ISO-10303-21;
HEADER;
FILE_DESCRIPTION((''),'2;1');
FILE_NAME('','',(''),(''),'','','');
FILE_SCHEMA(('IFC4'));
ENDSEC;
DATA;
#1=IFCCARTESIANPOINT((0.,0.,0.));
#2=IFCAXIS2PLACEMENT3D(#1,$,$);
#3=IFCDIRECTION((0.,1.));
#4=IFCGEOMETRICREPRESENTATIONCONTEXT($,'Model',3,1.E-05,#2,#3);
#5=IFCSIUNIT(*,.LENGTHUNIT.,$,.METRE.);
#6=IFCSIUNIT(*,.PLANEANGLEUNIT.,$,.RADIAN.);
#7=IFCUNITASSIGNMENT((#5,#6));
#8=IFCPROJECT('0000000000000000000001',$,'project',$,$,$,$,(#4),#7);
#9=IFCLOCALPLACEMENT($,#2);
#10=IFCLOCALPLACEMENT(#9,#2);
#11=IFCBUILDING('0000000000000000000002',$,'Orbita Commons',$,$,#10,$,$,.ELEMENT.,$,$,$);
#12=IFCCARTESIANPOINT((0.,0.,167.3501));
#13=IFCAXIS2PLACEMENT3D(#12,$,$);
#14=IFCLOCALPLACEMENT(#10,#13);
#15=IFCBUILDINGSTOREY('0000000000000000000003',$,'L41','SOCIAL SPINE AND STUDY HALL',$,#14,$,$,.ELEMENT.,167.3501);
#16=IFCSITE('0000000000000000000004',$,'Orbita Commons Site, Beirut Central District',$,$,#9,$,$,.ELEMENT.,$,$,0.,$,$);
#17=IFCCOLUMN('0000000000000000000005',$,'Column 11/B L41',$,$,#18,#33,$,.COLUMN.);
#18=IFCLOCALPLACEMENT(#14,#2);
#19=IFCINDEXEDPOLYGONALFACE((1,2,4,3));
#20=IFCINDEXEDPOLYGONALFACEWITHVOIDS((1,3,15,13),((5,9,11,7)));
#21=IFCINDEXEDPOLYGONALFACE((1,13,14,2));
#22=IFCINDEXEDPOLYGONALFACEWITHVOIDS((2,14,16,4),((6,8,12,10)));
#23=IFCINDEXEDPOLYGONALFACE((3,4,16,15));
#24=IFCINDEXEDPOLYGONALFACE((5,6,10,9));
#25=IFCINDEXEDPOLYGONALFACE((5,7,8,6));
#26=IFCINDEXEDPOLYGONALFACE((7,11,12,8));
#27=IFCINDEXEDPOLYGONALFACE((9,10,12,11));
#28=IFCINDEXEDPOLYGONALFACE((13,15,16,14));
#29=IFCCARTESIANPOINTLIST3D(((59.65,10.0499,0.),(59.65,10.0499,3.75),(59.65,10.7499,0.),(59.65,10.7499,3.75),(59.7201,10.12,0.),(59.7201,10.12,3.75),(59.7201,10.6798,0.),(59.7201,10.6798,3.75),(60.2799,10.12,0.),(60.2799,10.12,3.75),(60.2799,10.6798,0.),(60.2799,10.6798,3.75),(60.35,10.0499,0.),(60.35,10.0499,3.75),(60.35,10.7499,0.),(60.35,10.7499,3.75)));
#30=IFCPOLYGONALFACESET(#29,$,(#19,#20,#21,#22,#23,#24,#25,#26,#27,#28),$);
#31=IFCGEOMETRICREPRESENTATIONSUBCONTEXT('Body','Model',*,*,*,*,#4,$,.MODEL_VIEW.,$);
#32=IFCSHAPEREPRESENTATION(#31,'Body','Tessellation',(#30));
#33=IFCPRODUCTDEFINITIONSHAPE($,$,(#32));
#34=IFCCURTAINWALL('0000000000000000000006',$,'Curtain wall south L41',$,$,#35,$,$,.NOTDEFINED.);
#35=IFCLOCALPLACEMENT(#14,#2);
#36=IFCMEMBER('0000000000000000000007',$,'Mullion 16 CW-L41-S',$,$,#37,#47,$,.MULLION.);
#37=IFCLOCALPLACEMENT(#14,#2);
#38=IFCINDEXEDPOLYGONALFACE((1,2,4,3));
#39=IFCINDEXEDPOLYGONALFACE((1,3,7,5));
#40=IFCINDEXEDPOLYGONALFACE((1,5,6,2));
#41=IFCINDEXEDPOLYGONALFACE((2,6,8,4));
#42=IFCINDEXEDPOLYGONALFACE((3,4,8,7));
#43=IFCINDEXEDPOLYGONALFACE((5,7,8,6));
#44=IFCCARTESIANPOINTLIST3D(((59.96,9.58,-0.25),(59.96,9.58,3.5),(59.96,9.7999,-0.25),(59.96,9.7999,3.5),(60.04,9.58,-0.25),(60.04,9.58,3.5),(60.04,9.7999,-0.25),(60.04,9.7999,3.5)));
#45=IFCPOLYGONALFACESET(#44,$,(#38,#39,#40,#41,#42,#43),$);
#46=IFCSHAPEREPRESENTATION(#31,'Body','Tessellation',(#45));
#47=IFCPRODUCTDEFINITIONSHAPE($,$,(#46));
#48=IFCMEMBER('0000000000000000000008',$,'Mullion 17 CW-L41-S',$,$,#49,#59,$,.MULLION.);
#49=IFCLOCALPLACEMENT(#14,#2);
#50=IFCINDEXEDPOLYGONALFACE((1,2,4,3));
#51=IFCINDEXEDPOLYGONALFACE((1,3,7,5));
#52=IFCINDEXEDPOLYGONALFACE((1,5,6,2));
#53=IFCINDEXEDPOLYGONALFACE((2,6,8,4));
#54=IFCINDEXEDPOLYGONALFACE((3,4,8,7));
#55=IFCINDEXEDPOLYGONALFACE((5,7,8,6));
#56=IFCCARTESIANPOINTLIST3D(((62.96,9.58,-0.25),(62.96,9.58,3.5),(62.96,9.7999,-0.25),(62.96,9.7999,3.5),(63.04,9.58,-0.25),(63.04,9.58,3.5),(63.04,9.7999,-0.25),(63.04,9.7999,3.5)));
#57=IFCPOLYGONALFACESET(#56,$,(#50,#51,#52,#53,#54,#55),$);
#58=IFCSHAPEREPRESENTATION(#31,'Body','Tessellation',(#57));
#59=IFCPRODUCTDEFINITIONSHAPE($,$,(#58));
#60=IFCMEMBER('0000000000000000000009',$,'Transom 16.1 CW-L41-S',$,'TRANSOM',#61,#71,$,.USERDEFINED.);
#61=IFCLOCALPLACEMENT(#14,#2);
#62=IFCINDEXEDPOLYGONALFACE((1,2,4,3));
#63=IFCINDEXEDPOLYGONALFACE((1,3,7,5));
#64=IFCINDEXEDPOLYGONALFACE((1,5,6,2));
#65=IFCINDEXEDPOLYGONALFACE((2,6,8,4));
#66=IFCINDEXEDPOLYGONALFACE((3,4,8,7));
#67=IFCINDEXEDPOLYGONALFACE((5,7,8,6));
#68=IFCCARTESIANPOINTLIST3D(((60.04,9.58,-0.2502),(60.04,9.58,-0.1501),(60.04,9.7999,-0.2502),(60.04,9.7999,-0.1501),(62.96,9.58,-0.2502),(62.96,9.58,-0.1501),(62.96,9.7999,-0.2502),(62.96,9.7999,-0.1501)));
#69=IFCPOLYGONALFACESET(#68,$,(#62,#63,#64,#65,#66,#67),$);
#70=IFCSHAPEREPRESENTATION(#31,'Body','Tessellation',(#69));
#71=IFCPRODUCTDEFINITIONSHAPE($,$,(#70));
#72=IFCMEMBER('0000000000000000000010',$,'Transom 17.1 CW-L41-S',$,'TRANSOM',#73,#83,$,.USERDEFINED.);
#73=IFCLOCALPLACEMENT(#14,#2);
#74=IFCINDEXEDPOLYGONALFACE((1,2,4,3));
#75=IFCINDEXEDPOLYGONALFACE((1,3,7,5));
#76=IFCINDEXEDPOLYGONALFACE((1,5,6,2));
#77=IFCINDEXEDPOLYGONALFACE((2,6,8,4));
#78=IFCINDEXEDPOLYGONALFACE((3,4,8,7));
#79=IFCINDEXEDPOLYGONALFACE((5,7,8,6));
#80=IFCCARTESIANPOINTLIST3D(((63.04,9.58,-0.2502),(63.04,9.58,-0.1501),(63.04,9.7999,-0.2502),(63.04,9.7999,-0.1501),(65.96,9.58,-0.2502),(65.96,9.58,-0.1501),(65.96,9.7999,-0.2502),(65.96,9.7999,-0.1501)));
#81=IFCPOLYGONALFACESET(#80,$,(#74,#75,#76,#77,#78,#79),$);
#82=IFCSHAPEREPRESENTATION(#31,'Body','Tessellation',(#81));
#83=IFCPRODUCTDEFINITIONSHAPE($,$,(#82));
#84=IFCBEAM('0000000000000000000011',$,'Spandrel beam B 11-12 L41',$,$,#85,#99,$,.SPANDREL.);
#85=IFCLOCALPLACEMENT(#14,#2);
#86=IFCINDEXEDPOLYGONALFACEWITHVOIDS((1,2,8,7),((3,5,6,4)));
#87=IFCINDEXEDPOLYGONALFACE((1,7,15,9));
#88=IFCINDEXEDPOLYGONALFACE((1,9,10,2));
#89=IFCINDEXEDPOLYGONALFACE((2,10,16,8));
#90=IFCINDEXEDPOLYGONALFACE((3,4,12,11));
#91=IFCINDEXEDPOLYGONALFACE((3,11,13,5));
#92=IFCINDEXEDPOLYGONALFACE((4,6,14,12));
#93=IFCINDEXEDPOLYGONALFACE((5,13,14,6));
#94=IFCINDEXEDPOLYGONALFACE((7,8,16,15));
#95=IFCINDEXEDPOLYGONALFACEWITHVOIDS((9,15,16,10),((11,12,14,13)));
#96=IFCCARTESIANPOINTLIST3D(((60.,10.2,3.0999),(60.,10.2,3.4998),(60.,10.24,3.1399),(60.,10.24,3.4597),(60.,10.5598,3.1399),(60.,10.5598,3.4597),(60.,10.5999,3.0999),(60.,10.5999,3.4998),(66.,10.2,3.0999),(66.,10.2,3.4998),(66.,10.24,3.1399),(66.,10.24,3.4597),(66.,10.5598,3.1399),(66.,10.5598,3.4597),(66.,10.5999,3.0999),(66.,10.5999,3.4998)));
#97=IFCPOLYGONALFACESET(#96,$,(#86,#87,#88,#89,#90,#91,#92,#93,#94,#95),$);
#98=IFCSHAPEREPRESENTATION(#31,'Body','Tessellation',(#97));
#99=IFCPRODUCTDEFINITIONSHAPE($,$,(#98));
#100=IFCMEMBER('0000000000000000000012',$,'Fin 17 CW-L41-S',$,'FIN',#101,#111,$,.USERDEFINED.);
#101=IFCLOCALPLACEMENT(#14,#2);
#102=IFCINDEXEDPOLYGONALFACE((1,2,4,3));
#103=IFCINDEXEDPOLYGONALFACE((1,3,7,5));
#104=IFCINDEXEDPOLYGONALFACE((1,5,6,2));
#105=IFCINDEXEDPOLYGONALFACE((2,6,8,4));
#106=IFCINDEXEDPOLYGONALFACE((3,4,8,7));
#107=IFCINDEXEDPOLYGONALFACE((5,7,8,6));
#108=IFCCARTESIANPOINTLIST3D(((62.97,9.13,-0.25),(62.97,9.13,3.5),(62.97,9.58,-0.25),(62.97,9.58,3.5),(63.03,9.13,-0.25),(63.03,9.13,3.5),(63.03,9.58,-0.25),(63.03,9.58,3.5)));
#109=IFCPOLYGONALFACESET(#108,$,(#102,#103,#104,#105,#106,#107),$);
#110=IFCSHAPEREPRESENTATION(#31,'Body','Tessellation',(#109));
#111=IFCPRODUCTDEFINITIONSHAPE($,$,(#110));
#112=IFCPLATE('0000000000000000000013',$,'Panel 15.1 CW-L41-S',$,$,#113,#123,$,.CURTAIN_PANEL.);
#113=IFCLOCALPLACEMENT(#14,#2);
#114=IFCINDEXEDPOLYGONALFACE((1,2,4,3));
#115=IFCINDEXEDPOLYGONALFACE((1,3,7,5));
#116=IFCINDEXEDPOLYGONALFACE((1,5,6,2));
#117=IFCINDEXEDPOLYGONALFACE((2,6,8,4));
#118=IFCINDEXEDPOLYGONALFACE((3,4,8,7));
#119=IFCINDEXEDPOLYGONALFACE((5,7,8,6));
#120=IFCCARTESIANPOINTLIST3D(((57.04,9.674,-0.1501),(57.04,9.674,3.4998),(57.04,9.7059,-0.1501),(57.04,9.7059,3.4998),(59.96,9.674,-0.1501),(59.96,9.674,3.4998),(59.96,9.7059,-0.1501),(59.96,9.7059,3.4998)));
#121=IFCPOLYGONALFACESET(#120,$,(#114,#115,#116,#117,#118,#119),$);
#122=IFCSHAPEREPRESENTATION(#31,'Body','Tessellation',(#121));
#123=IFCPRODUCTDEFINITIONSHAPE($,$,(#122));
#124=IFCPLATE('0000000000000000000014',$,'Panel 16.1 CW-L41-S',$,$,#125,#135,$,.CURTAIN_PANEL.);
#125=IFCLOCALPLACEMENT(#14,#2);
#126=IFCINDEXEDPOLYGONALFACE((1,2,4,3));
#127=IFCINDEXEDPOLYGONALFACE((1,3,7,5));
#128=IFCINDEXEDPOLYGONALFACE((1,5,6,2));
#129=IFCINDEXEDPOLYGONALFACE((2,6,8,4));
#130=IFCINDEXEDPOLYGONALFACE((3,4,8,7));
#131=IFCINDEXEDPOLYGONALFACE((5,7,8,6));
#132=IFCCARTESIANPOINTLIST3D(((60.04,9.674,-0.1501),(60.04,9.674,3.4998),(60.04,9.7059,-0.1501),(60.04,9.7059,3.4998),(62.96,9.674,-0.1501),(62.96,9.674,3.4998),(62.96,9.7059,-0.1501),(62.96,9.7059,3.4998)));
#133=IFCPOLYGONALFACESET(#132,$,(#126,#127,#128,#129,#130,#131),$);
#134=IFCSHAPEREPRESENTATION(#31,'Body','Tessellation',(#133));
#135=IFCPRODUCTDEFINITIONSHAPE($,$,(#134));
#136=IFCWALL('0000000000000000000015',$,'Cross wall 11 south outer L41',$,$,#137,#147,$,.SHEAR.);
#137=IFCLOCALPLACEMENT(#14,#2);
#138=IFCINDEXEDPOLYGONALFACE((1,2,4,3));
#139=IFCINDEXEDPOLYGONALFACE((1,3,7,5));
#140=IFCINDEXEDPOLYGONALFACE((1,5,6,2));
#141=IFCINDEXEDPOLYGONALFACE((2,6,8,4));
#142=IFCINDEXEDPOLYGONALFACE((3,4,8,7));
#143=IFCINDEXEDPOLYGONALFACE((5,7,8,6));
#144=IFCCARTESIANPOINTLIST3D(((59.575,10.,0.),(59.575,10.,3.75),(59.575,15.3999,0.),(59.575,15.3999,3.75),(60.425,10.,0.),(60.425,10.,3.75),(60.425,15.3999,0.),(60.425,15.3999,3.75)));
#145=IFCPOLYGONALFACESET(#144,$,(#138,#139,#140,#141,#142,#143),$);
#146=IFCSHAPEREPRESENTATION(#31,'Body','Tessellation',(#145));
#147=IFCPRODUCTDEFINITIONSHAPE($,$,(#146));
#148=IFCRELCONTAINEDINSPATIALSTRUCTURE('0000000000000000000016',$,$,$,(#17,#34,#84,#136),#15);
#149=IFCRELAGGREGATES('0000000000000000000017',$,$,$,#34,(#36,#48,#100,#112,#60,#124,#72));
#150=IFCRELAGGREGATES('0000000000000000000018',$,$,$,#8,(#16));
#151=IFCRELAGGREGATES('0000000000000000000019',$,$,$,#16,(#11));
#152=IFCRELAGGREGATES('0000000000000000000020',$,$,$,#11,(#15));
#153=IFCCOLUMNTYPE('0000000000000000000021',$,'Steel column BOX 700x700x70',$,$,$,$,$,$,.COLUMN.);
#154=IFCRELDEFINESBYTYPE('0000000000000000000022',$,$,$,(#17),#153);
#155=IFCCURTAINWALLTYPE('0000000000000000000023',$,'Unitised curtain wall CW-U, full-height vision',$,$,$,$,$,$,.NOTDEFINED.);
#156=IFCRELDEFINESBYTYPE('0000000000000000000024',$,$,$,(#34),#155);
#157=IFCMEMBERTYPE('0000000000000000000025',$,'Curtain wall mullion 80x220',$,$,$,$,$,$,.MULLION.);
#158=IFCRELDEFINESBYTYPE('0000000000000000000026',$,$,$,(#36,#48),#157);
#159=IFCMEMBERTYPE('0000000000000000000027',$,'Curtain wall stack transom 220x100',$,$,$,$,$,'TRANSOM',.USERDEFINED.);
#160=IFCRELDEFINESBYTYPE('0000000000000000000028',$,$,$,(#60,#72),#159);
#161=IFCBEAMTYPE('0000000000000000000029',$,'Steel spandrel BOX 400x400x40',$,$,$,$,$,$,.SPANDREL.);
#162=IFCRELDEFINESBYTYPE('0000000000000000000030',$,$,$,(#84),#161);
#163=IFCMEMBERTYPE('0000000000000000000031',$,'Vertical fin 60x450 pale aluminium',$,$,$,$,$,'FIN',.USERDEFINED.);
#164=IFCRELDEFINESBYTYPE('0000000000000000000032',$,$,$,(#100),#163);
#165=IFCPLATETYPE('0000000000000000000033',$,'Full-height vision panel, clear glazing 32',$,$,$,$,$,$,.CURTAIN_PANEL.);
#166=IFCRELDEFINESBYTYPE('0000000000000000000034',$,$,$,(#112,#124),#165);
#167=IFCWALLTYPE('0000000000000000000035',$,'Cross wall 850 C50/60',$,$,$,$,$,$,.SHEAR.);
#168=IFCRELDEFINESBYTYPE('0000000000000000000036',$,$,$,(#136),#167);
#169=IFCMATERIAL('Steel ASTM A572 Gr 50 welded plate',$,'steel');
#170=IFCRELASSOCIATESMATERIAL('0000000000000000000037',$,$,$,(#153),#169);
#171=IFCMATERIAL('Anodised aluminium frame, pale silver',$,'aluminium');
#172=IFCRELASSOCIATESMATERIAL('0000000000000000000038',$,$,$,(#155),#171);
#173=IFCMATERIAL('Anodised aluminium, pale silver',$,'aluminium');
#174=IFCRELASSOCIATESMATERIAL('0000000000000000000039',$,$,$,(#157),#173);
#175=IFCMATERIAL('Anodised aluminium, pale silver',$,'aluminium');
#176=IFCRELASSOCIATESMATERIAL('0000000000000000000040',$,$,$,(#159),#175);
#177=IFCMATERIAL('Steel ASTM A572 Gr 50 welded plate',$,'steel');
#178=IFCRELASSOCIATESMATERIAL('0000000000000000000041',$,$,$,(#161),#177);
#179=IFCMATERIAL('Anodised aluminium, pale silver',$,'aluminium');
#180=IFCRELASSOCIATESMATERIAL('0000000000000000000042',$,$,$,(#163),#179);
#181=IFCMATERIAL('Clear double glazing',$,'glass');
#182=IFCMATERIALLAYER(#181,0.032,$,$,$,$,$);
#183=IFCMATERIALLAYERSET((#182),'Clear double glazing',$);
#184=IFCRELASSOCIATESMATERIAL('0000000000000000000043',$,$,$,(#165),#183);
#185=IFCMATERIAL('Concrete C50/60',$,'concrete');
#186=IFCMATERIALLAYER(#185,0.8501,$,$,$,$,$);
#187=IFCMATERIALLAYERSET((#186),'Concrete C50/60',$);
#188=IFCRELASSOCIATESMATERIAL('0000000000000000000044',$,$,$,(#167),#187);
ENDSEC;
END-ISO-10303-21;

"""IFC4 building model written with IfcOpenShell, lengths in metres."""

from ifc_helpers import new_model, si_unit, direction, frame, frame_2d, origin, origin_2d, place, context, subcontext, project, spatial, rectangle, hollow_rectangle, extrude, material, layer, layer_set, material_profile, profile_set, type_object, element, aggregate, save


model = new_model("IFC4")

# Units and contexts
model_context = context("Model", 3, precision=1e-05, world=origin(), true_north=direction((0.0, 1.0)))
body_context = subcontext(model_context, "Body", "Model", "MODEL_VIEW")
ifc_project = project(units=[si_unit("LENGTHUNIT", "METRE"), si_unit("PLANEANGLEUNIT", "RADIAN")], contexts=[model_context])

# Site, building, storey
site_placement = place(None, origin())
site = spatial("IfcSite", under=ifc_project, at=site_placement, Name="Orbita Commons Site, Beirut Central District", CompositionType="ELEMENT", RefElevation=0.0)
building_placement = place(site_placement, origin())
building = spatial("IfcBuilding", under=site, at=building_placement, Name="Orbita Commons", CompositionType="ELEMENT")
storey_placement = place(building_placement, frame((0.0, 0.0, 167.3501)))
storey = spatial("IfcBuildingStorey", under=building, at=storey_placement, Name="L41", Description="SOCIAL SPINE AND STUDY HALL", CompositionType="ELEMENT", Elevation=167.3501)

# Column
ifc_material_1 = material(Name="Steel ASTM A572 Gr 50 welded plate", Category="steel")
ifc_material_profile_1 = material_profile(ifc_material_1, hollow_rectangle(XDim=0.7, YDim=0.7, WallThickness=0.0701, at=origin_2d()), Name="BOX 700x700x70")
ifc_profile_set_1 = profile_set([ifc_material_profile_1], Name="Steel ASTM A572 Gr 50 welded plate")
column_type = type_object("IfcColumnType", Name="Steel column BOX 700x700x70", PredefinedType="COLUMN", material=ifc_profile_set_1)
column_placement = place(storey_placement, frame((60.0, 10.3999, 0.0), z_axis=(0.0, 0.0, 1.0), x_axis=(1.0, 0.0, 0.0)))
element("IfcColumn", 1, at=column_placement, inside=storey, type_object=column_type, Name="Column 11/B L41", PredefinedType="COLUMN", context=body_context, shape_type="SweptSolid", body=[
    extrude(hollow_rectangle(XDim=0.7, YDim=0.7, WallThickness=0.0701, at=origin_2d()), origin(), (0.0, 0.0, 1.0), 3.75),
])

# Curtain wall, members
ifc_material_2 = material(Name="Anodised aluminium frame, pale silver", Category="aluminium")
curtain_wall_type = type_object("IfcCurtainWallType", Name="Unitised curtain wall CW-U, full-height vision", PredefinedType="NOTDEFINED", material=ifc_material_2)
curtain_wall_placement = place(storey_placement, origin())
curtain_wall = element("IfcCurtainWall", 2, at=curtain_wall_placement, inside=storey, type_object=curtain_wall_type, Name="Curtain wall south L41", PredefinedType="NOTDEFINED")
ifc_material_3 = material(Name="Anodised aluminium, pale silver", Category="aluminium")
ifc_material_profile_2 = material_profile(ifc_material_3, rectangle(XDim=0.0801, YDim=0.22, at=origin_2d()), Name="AL 80x220")
ifc_profile_set_2 = profile_set([ifc_material_profile_2], Name="Anodised aluminium, pale silver")
member_type_1 = type_object("IfcMemberType", Name="Curtain wall mullion 80x220", PredefinedType="MULLION", material=ifc_profile_set_2)
member_1_placement = place(storey_placement, frame((60.0, 9.6899, -0.25), z_axis=(0.0, 0.0, 1.0), x_axis=(1.0, 0.0, 0.0)))
member_1 = element("IfcMember", 3, at=member_1_placement, type_object=member_type_1, Name="Mullion 16 CW-L41-S", PredefinedType="MULLION", context=body_context, shape_type="SweptSolid", body=[
    extrude(rectangle(XDim=0.0801, YDim=0.22, at=origin_2d()), origin(), (0.0, 0.0, 1.0), 3.75),
])
member_2_placement = place(storey_placement, frame((63.0, 9.6899, -0.25), z_axis=(0.0, 0.0, 1.0), x_axis=(1.0, 0.0, 0.0)))
member_2 = element("IfcMember", 4, at=member_2_placement, type_object=member_type_1, Name="Mullion 17 CW-L41-S", PredefinedType="MULLION", context=body_context, shape_type="SweptSolid", body=[
    extrude(rectangle(XDim=0.0801, YDim=0.22, at=origin_2d()), origin(), (0.0, 0.0, 1.0), 3.75),
])
ifc_material_4 = material(Name="Anodised aluminium, pale silver", Category="aluminium")
ifc_material_profile_3 = material_profile(ifc_material_4, rectangle(XDim=0.22, YDim=0.1001, at=origin_2d()), Name="AL 220x100")
ifc_profile_set_3 = profile_set([ifc_material_profile_3], Name="Anodised aluminium, pale silver")
member_type_2 = type_object("IfcMemberType", Name="Curtain wall stack transom 220x100", ElementType="TRANSOM", PredefinedType="USERDEFINED", material=ifc_profile_set_3)
member_3_placement = place(storey_placement, frame((60.04, 9.6899, -0.2002), z_axis=(1.0, 0.0, 0.0), x_axis=(0.0, 1.0, 0.0)))
member_3 = element("IfcMember", 5, at=member_3_placement, type_object=member_type_2, Name="Transom 16.1 CW-L41-S", ObjectType="TRANSOM", PredefinedType="USERDEFINED", context=body_context, shape_type="SweptSolid", body=[
    extrude(rectangle(XDim=0.22, YDim=0.1001, at=origin_2d()), origin(), (0.0, 0.0, 1.0), 2.9199),
])
member_4_placement = place(storey_placement, frame((63.04, 9.6899, -0.2002), z_axis=(1.0, 0.0, 0.0), x_axis=(0.0, 1.0, 0.0)))
member_4 = element("IfcMember", 6, at=member_4_placement, type_object=member_type_2, Name="Transom 17.1 CW-L41-S", ObjectType="TRANSOM", PredefinedType="USERDEFINED", context=body_context, shape_type="SweptSolid", body=[
    extrude(rectangle(XDim=0.22, YDim=0.1001, at=origin_2d()), origin(), (0.0, 0.0, 1.0), 2.9199),
])

# Beam
ifc_material_5 = material(Name="Steel ASTM A572 Gr 50 welded plate", Category="steel")
ifc_material_profile_4 = material_profile(ifc_material_5, hollow_rectangle(XDim=0.3999, YDim=0.3999, WallThickness=0.04, at=origin_2d()), Name="BOX 400x400x40")
ifc_profile_set_4 = profile_set([ifc_material_profile_4], Name="Steel ASTM A572 Gr 50 welded plate")
beam_type = type_object("IfcBeamType", Name="Steel spandrel BOX 400x400x40", PredefinedType="SPANDREL", material=ifc_profile_set_4)
beam_placement = place(storey_placement, frame((60.0, 10.3999, 3.2998), z_axis=(1.0, 0.0, 0.0), x_axis=(0.0, 1.0, 0.0)))
element("IfcBeam", 7, at=beam_placement, inside=storey, type_object=beam_type, Name="Spandrel beam B 11-12 L41", PredefinedType="SPANDREL", context=body_context, shape_type="SweptSolid", body=[
    extrude(hollow_rectangle(XDim=0.3999, YDim=0.3999, WallThickness=0.04, at=origin_2d()), origin(), (0.0, 0.0, 1.0), 6.0),
])

# Member
ifc_material_6 = material(Name="Anodised aluminium, pale silver", Category="aluminium")
ifc_material_profile_5 = material_profile(ifc_material_6, rectangle(XDim=0.0601, YDim=0.45, at=origin_2d()), Name="FIN 60x450")
ifc_profile_set_5 = profile_set([ifc_material_profile_5], Name="Anodised aluminium, pale silver")
member_type_3 = type_object("IfcMemberType", Name="Vertical fin 60x450 pale aluminium", ElementType="FIN", PredefinedType="USERDEFINED", material=ifc_profile_set_5)
member_5_placement = place(storey_placement, frame((63.0, 9.355, -0.25), z_axis=(0.0, 0.0, 1.0), x_axis=(1.0, 0.0, 0.0)))
member_5 = element("IfcMember", 8, at=member_5_placement, type_object=member_type_3, Name="Fin 17 CW-L41-S", ObjectType="FIN", PredefinedType="USERDEFINED", context=body_context, shape_type="SweptSolid", body=[
    extrude(rectangle(XDim=0.0601, YDim=0.45, at=origin_2d()), origin(), (0.0, 0.0, 1.0), 3.75),
])

# Plates
ifc_material_7 = material(Name="Clear double glazing", Category="glass")
ifc_layer_1 = layer(ifc_material_7, 0.032)
ifc_layer_set_1 = layer_set([ifc_layer_1], Name="Clear double glazing")
plate_type = type_object("IfcPlateType", Name="Full-height vision panel, clear glazing 32", PredefinedType="CURTAIN_PANEL", material=ifc_layer_set_1)
plate_1_placement = place(storey_placement, frame((58.5, 9.6899, -0.1501), z_axis=(0.0, 0.0, 1.0), x_axis=(1.0, 0.0, 0.0)))
plate_1 = element("IfcPlate", 9, at=plate_1_placement, type_object=plate_type, Name="Panel 15.1 CW-L41-S", PredefinedType="CURTAIN_PANEL", context=body_context, shape_type="SweptSolid", body=[
    extrude(rectangle(XDim=2.9199, YDim=0.032, at=origin_2d()), origin(), (0.0, 0.0, 1.0), 3.6499),
])
plate_2_placement = place(storey_placement, frame((61.5, 9.6899, -0.1501), z_axis=(0.0, 0.0, 1.0), x_axis=(1.0, 0.0, 0.0)))
plate_2 = element("IfcPlate", 10, at=plate_2_placement, type_object=plate_type, Name="Panel 16.1 CW-L41-S", PredefinedType="CURTAIN_PANEL", context=body_context, shape_type="SweptSolid", body=[
    extrude(rectangle(XDim=2.9199, YDim=0.032, at=origin_2d()), origin(), (0.0, 0.0, 1.0), 3.6499),
])
aggregate(curtain_wall, [member_1, member_2, member_5, plate_1, member_3, plate_2, member_4])

# Wall
ifc_material_8 = material(Name="Concrete C50/60", Category="concrete")
ifc_layer_2 = layer(ifc_material_8, 0.8501)
ifc_layer_set_2 = layer_set([ifc_layer_2], Name="Concrete C50/60")
wall_type_1 = type_object("IfcWallType", Name="Cross wall 850 C50/60", PredefinedType="SHEAR", material=ifc_layer_set_2)
wall_1_placement = place(storey_placement, frame((60.0, 10.0, 0.0), z_axis=(0.0, 0.0, 1.0), x_axis=(0.0, 1.0, 0.0)))
element("IfcWall", 11, at=wall_1_placement, inside=storey, type_object=wall_type_1, Name="Cross wall 11 south outer L41", PredefinedType="SHEAR", context=body_context, shape_type="SweptSolid", body=[
    extrude(rectangle(XDim=5.3999, YDim=0.8501, at=frame_2d((2.7, 0.0))), origin(), (0.0, 0.0, 1.0), 3.75),
])

save(model, "model.ifc")
